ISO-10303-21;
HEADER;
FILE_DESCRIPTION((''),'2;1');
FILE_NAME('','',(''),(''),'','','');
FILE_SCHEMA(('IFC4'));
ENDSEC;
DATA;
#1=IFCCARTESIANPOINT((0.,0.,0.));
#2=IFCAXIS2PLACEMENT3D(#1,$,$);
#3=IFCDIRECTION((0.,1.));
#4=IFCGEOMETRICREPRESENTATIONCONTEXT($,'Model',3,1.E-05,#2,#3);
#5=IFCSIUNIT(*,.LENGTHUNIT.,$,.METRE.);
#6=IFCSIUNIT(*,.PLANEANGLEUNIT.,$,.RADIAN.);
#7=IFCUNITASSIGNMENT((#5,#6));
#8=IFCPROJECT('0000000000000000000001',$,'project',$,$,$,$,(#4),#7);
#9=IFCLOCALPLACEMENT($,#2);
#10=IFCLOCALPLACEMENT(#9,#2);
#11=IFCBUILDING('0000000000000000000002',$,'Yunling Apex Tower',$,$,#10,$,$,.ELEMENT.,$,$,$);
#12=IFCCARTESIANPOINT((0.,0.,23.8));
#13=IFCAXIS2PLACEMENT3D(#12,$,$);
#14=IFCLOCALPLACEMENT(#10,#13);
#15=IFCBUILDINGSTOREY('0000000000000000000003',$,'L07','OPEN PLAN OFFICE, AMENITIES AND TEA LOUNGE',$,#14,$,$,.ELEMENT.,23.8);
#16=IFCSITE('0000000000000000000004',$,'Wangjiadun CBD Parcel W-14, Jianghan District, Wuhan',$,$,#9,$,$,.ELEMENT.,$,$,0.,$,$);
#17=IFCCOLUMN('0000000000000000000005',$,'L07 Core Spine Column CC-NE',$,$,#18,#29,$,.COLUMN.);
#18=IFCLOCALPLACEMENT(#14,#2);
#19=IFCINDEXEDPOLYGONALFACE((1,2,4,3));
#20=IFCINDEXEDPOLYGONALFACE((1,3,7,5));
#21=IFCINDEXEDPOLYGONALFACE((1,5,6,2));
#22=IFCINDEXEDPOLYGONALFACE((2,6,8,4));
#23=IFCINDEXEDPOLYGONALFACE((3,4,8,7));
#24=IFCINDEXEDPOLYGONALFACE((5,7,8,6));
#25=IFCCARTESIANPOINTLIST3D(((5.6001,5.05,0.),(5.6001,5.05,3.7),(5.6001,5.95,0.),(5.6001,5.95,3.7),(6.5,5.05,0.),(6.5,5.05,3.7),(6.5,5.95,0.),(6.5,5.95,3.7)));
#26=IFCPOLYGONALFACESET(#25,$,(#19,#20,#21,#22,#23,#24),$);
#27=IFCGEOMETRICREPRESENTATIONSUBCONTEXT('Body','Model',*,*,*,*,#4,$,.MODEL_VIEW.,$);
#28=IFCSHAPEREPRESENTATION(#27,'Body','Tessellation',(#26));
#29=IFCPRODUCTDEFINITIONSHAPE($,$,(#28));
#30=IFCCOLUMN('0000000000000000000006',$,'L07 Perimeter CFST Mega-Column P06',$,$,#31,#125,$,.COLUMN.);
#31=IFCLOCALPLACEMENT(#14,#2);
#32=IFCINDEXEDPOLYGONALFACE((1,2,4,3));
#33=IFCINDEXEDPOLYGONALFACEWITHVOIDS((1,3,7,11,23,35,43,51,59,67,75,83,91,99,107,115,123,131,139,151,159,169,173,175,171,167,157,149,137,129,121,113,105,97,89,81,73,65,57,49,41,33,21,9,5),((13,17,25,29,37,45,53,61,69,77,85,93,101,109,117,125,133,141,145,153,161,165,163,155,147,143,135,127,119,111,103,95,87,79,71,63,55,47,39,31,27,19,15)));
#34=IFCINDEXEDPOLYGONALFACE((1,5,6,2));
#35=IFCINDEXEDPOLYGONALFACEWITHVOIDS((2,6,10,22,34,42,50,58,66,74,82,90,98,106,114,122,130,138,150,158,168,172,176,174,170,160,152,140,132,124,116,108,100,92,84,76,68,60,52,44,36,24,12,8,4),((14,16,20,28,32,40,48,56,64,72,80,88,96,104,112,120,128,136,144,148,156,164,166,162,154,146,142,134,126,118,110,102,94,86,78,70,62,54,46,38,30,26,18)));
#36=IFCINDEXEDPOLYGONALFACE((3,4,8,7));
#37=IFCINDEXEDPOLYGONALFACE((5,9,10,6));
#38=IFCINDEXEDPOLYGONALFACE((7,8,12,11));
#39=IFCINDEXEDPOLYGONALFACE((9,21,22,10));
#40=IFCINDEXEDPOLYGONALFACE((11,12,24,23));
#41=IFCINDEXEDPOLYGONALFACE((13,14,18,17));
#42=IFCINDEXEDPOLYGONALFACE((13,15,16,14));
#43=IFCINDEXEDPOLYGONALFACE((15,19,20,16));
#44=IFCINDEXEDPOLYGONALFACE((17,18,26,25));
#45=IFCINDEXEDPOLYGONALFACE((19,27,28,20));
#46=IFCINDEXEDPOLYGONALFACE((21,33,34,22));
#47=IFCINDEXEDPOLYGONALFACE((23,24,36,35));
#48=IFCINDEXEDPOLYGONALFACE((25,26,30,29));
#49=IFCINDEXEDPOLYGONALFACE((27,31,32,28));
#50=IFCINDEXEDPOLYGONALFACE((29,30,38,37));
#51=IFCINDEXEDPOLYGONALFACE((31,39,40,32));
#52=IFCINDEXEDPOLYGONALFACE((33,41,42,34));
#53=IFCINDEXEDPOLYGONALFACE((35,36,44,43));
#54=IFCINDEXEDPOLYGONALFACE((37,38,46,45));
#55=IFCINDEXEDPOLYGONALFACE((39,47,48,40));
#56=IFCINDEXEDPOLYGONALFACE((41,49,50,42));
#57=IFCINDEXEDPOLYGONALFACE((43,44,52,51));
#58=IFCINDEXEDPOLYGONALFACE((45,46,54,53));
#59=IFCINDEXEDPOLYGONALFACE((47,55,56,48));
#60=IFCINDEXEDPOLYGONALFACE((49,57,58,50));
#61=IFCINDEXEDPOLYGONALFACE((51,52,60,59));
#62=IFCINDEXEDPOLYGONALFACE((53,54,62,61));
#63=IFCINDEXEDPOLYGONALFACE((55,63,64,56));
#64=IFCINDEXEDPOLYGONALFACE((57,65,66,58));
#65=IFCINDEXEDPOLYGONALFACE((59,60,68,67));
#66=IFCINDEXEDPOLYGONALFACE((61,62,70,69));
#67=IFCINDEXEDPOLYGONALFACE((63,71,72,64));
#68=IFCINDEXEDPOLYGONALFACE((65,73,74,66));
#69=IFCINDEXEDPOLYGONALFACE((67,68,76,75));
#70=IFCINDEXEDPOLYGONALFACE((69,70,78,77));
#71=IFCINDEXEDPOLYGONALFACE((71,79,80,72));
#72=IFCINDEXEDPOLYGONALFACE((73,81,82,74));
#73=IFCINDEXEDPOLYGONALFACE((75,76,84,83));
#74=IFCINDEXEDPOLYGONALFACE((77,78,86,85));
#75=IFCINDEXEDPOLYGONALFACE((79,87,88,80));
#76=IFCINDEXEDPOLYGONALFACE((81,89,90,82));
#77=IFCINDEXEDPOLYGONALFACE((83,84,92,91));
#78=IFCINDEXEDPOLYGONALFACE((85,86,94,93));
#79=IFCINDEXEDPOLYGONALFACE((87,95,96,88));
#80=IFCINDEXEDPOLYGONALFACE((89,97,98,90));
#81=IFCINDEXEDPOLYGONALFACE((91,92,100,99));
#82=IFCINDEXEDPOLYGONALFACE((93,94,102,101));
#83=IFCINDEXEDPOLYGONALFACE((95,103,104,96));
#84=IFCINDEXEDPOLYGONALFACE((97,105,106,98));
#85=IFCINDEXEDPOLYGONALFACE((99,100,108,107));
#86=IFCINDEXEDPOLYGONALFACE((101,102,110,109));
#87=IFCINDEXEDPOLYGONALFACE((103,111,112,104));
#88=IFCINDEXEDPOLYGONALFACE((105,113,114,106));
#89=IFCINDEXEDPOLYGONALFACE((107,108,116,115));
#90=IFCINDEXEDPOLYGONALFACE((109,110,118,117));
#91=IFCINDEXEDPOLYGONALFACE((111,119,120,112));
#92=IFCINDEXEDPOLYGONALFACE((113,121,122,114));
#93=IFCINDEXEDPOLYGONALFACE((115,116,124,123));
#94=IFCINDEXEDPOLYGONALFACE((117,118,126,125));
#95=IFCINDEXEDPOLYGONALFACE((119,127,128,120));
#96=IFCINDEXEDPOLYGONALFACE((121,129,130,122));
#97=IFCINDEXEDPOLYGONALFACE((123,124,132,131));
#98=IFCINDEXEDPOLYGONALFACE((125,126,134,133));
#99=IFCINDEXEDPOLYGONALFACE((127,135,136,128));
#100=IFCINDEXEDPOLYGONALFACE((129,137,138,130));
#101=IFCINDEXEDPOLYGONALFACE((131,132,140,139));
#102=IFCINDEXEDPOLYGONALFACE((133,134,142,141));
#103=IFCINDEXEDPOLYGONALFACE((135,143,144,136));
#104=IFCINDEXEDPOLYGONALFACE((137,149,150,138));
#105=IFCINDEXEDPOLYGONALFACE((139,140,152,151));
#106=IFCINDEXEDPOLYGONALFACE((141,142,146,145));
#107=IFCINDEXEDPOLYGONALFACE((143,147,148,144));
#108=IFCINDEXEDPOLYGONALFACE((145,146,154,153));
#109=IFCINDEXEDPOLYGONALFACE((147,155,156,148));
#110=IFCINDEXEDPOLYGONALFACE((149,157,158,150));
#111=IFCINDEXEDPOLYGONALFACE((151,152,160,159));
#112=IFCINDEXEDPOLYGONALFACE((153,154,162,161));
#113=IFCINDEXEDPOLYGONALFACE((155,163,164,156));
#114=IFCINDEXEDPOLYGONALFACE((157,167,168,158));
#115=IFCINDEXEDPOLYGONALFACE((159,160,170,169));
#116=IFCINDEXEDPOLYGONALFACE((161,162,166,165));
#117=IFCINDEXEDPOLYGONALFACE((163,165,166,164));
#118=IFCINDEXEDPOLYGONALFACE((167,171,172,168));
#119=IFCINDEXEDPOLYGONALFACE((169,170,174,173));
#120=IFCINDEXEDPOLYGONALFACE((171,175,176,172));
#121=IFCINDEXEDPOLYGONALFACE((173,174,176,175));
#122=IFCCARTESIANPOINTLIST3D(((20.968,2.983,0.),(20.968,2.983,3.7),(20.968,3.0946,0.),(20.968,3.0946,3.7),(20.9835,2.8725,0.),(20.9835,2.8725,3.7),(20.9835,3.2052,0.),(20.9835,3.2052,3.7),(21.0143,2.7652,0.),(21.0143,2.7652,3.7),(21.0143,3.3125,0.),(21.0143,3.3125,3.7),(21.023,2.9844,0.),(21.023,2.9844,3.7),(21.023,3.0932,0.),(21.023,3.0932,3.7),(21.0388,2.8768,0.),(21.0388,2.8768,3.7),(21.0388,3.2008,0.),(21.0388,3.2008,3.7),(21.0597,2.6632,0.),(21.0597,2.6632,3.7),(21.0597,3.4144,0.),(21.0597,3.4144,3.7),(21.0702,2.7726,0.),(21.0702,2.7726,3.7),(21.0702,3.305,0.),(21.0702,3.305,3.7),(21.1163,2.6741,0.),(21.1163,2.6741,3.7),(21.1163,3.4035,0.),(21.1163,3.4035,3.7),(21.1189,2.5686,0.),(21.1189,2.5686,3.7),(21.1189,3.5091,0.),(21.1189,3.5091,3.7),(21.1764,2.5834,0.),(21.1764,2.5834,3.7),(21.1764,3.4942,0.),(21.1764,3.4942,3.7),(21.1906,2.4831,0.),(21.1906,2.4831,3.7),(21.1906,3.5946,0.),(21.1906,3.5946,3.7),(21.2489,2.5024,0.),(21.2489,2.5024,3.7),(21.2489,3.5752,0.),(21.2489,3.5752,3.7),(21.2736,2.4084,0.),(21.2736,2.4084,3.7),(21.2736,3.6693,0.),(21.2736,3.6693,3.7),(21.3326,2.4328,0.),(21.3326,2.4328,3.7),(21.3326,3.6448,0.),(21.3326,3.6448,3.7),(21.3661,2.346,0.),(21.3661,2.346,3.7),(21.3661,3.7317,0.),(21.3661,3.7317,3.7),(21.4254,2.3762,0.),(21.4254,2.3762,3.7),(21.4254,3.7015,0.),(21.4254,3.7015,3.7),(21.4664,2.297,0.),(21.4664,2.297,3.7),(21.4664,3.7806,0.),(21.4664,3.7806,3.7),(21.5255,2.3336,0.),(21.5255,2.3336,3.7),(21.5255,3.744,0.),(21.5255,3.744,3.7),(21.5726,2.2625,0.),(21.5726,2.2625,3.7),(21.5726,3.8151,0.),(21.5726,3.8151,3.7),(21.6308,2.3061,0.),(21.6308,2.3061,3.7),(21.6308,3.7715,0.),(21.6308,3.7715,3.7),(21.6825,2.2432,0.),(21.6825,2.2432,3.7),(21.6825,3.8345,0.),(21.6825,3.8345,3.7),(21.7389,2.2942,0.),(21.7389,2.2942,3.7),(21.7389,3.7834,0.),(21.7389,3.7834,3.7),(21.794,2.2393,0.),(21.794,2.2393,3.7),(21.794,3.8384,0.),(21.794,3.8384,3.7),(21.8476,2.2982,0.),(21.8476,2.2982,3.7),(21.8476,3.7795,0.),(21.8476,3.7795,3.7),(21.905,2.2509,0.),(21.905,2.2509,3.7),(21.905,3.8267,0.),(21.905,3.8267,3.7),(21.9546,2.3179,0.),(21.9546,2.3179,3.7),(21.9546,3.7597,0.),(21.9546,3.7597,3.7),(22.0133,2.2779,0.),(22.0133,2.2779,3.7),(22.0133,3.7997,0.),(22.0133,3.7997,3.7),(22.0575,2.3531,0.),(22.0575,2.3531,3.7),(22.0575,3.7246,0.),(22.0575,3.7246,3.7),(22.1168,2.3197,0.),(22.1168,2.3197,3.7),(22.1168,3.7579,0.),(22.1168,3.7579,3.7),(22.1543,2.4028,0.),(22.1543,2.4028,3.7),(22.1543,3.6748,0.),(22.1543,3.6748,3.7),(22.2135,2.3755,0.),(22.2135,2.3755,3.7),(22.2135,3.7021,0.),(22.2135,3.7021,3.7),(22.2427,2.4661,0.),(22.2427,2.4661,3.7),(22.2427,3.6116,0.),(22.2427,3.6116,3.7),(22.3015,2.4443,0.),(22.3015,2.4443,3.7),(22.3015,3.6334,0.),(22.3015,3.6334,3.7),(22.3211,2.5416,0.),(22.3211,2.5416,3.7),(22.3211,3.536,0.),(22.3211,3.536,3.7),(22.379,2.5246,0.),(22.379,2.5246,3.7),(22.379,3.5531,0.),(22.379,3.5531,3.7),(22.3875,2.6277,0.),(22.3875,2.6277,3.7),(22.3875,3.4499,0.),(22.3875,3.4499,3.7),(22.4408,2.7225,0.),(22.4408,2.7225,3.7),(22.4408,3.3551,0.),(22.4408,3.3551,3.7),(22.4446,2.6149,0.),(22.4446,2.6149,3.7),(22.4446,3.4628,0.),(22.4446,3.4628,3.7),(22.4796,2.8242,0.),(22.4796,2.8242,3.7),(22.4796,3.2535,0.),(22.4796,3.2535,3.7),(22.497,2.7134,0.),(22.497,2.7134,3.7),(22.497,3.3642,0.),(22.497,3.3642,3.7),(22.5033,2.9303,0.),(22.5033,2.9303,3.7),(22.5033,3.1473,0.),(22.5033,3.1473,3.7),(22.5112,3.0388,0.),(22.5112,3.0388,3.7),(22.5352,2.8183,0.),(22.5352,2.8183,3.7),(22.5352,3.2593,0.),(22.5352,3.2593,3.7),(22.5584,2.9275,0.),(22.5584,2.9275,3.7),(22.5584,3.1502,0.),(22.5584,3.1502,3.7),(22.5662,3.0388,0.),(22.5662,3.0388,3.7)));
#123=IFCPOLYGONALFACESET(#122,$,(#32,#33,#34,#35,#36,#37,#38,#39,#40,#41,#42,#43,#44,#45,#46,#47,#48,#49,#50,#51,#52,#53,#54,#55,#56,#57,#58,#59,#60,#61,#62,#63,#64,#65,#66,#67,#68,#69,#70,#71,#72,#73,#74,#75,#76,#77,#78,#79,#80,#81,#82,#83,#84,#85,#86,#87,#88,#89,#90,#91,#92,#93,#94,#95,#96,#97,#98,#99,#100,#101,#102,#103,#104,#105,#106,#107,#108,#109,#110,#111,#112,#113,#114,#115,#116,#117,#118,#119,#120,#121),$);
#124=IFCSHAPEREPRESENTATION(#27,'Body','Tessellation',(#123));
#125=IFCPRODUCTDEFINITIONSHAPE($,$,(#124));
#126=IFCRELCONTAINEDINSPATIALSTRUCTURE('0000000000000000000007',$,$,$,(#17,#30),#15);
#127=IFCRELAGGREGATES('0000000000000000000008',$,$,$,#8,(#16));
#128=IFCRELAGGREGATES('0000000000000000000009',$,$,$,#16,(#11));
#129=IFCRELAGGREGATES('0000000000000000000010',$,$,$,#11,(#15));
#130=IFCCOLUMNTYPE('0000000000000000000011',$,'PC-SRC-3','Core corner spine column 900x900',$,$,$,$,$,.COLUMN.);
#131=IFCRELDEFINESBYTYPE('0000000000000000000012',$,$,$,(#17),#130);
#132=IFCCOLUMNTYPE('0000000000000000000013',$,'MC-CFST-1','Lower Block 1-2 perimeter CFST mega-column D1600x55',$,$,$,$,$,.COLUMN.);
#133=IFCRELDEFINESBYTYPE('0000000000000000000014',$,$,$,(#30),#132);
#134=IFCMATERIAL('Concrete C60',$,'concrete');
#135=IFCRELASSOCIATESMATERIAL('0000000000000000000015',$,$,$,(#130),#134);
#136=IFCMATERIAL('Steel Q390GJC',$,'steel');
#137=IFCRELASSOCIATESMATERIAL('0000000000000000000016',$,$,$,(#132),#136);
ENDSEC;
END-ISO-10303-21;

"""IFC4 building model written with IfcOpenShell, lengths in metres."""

from ifc_helpers import new_model, si_unit, direction, frame, origin, origin_2d, place, context, subcontext, project, spatial, rectangle, hollow_circle, extrude, source, transform, mapped, material, material_profile, profile_set, type_object, element, save


model = new_model("IFC4")

# Units and contexts
model_context = context("Model", 3, precision=1e-05, world=origin(), true_north=direction((0.0, 1.0)))
body_context = subcontext(model_context, "Body", "Model", "MODEL_VIEW")
ifc_project = project(units=[si_unit("LENGTHUNIT", "METRE"), si_unit("PLANEANGLEUNIT", "RADIAN")], contexts=[model_context])

# Site, building, storey
site_placement = place(None, origin())
site = spatial("IfcSite", under=ifc_project, at=site_placement, Name="Wangjiadun CBD Parcel W-14, Jianghan District, Wuhan", CompositionType="ELEMENT", RefElevation=0.0)
building_placement = place(site_placement, origin())
building = spatial("IfcBuilding", under=site, at=building_placement, Name="Yunling Apex Tower", CompositionType="ELEMENT")
storey_placement = place(building_placement, frame((0.0, 0.0, 23.8)))
storey = spatial("IfcBuildingStorey", under=building, at=storey_placement, Name="L07", Description="OPEN PLAN OFFICE, AMENITIES AND TEA LOUNGE", CompositionType="ELEMENT", Elevation=23.8)

# Columns
ifc_material_1 = material(Name="Concrete C60", Category="concrete")
ifc_material_profile_1 = material_profile(ifc_material_1, rectangle(XDim=0.8999, YDim=0.8999, at=origin_2d()))
ifc_profile_set_1 = profile_set([ifc_material_profile_1], Name="Concrete C60")
column_type_1 = type_object("IfcColumnType", Name="PC-SRC-3", Description="Core corner spine column 900x900", PredefinedType="COLUMN", material=ifc_profile_set_1)
shared_shape_1 = source(origin(), body_context, "Body", "SweptSolid", [
    extrude(rectangle(XDim=0.8999, YDim=0.8999, at=origin_2d()), origin(), (0.0, 0.0, 1.0), 3.7),
])
column_placement = place(storey_placement, frame((6.05, 5.5, 0.0), z_axis=(0.0, 0.0, 1.0), x_axis=(1.0, 0.0, 0.0)))
element("IfcColumn", 1, at=column_placement, inside=storey, type_object=column_type_1, Name="L07 Core Spine Column CC-NE", PredefinedType="COLUMN", context=body_context, shape_type="MappedRepresentation", body=[
    mapped(shared_shape_1, transform((0.0, 0.0, 0.0), scale=1.0)),
])
ifc_material_2 = material(Name="Steel Q390GJC", Category="steel")
ifc_material_profile_2 = material_profile(ifc_material_2, hollow_circle(Radius=0.8, WallThickness=0.0549, at=origin_2d()))
ifc_profile_set_2 = profile_set([ifc_material_profile_2], Name="Steel Q390GJC")
column_type_2 = type_object("IfcColumnType", Name="MC-CFST-1", Description="Lower Block 1-2 perimeter CFST mega-column D1600x55", PredefinedType="COLUMN", material=ifc_profile_set_2)
shared_shape_2 = source(origin(), body_context, "Body", "SweptSolid", [
    extrude(hollow_circle(Radius=0.8, WallThickness=0.0549, at=origin_2d()), origin(), (0.0, 0.0, 1.0), 3.7),
])
for number, where, z_axis, x_axis, name in (
    (2, (21.7661, 3.0388, 0.0), (0.0, 0.0, 1.0), (1.0, 0.0, 0.0), "L07 Perimeter CFST Mega-Column P06"),
):
    element("IfcColumn", number, at=place(storey_placement, frame(where, z_axis=z_axis, x_axis=x_axis)), inside=storey, type_object=column_type_2, Name=name, PredefinedType="COLUMN", context=body_context, shape_type="MappedRepresentation", body=[
        mapped(shared_shape_2, transform((0.0, 0.0, 0.0), scale=1.0)),
    ])

save(model, "model.ifc")
